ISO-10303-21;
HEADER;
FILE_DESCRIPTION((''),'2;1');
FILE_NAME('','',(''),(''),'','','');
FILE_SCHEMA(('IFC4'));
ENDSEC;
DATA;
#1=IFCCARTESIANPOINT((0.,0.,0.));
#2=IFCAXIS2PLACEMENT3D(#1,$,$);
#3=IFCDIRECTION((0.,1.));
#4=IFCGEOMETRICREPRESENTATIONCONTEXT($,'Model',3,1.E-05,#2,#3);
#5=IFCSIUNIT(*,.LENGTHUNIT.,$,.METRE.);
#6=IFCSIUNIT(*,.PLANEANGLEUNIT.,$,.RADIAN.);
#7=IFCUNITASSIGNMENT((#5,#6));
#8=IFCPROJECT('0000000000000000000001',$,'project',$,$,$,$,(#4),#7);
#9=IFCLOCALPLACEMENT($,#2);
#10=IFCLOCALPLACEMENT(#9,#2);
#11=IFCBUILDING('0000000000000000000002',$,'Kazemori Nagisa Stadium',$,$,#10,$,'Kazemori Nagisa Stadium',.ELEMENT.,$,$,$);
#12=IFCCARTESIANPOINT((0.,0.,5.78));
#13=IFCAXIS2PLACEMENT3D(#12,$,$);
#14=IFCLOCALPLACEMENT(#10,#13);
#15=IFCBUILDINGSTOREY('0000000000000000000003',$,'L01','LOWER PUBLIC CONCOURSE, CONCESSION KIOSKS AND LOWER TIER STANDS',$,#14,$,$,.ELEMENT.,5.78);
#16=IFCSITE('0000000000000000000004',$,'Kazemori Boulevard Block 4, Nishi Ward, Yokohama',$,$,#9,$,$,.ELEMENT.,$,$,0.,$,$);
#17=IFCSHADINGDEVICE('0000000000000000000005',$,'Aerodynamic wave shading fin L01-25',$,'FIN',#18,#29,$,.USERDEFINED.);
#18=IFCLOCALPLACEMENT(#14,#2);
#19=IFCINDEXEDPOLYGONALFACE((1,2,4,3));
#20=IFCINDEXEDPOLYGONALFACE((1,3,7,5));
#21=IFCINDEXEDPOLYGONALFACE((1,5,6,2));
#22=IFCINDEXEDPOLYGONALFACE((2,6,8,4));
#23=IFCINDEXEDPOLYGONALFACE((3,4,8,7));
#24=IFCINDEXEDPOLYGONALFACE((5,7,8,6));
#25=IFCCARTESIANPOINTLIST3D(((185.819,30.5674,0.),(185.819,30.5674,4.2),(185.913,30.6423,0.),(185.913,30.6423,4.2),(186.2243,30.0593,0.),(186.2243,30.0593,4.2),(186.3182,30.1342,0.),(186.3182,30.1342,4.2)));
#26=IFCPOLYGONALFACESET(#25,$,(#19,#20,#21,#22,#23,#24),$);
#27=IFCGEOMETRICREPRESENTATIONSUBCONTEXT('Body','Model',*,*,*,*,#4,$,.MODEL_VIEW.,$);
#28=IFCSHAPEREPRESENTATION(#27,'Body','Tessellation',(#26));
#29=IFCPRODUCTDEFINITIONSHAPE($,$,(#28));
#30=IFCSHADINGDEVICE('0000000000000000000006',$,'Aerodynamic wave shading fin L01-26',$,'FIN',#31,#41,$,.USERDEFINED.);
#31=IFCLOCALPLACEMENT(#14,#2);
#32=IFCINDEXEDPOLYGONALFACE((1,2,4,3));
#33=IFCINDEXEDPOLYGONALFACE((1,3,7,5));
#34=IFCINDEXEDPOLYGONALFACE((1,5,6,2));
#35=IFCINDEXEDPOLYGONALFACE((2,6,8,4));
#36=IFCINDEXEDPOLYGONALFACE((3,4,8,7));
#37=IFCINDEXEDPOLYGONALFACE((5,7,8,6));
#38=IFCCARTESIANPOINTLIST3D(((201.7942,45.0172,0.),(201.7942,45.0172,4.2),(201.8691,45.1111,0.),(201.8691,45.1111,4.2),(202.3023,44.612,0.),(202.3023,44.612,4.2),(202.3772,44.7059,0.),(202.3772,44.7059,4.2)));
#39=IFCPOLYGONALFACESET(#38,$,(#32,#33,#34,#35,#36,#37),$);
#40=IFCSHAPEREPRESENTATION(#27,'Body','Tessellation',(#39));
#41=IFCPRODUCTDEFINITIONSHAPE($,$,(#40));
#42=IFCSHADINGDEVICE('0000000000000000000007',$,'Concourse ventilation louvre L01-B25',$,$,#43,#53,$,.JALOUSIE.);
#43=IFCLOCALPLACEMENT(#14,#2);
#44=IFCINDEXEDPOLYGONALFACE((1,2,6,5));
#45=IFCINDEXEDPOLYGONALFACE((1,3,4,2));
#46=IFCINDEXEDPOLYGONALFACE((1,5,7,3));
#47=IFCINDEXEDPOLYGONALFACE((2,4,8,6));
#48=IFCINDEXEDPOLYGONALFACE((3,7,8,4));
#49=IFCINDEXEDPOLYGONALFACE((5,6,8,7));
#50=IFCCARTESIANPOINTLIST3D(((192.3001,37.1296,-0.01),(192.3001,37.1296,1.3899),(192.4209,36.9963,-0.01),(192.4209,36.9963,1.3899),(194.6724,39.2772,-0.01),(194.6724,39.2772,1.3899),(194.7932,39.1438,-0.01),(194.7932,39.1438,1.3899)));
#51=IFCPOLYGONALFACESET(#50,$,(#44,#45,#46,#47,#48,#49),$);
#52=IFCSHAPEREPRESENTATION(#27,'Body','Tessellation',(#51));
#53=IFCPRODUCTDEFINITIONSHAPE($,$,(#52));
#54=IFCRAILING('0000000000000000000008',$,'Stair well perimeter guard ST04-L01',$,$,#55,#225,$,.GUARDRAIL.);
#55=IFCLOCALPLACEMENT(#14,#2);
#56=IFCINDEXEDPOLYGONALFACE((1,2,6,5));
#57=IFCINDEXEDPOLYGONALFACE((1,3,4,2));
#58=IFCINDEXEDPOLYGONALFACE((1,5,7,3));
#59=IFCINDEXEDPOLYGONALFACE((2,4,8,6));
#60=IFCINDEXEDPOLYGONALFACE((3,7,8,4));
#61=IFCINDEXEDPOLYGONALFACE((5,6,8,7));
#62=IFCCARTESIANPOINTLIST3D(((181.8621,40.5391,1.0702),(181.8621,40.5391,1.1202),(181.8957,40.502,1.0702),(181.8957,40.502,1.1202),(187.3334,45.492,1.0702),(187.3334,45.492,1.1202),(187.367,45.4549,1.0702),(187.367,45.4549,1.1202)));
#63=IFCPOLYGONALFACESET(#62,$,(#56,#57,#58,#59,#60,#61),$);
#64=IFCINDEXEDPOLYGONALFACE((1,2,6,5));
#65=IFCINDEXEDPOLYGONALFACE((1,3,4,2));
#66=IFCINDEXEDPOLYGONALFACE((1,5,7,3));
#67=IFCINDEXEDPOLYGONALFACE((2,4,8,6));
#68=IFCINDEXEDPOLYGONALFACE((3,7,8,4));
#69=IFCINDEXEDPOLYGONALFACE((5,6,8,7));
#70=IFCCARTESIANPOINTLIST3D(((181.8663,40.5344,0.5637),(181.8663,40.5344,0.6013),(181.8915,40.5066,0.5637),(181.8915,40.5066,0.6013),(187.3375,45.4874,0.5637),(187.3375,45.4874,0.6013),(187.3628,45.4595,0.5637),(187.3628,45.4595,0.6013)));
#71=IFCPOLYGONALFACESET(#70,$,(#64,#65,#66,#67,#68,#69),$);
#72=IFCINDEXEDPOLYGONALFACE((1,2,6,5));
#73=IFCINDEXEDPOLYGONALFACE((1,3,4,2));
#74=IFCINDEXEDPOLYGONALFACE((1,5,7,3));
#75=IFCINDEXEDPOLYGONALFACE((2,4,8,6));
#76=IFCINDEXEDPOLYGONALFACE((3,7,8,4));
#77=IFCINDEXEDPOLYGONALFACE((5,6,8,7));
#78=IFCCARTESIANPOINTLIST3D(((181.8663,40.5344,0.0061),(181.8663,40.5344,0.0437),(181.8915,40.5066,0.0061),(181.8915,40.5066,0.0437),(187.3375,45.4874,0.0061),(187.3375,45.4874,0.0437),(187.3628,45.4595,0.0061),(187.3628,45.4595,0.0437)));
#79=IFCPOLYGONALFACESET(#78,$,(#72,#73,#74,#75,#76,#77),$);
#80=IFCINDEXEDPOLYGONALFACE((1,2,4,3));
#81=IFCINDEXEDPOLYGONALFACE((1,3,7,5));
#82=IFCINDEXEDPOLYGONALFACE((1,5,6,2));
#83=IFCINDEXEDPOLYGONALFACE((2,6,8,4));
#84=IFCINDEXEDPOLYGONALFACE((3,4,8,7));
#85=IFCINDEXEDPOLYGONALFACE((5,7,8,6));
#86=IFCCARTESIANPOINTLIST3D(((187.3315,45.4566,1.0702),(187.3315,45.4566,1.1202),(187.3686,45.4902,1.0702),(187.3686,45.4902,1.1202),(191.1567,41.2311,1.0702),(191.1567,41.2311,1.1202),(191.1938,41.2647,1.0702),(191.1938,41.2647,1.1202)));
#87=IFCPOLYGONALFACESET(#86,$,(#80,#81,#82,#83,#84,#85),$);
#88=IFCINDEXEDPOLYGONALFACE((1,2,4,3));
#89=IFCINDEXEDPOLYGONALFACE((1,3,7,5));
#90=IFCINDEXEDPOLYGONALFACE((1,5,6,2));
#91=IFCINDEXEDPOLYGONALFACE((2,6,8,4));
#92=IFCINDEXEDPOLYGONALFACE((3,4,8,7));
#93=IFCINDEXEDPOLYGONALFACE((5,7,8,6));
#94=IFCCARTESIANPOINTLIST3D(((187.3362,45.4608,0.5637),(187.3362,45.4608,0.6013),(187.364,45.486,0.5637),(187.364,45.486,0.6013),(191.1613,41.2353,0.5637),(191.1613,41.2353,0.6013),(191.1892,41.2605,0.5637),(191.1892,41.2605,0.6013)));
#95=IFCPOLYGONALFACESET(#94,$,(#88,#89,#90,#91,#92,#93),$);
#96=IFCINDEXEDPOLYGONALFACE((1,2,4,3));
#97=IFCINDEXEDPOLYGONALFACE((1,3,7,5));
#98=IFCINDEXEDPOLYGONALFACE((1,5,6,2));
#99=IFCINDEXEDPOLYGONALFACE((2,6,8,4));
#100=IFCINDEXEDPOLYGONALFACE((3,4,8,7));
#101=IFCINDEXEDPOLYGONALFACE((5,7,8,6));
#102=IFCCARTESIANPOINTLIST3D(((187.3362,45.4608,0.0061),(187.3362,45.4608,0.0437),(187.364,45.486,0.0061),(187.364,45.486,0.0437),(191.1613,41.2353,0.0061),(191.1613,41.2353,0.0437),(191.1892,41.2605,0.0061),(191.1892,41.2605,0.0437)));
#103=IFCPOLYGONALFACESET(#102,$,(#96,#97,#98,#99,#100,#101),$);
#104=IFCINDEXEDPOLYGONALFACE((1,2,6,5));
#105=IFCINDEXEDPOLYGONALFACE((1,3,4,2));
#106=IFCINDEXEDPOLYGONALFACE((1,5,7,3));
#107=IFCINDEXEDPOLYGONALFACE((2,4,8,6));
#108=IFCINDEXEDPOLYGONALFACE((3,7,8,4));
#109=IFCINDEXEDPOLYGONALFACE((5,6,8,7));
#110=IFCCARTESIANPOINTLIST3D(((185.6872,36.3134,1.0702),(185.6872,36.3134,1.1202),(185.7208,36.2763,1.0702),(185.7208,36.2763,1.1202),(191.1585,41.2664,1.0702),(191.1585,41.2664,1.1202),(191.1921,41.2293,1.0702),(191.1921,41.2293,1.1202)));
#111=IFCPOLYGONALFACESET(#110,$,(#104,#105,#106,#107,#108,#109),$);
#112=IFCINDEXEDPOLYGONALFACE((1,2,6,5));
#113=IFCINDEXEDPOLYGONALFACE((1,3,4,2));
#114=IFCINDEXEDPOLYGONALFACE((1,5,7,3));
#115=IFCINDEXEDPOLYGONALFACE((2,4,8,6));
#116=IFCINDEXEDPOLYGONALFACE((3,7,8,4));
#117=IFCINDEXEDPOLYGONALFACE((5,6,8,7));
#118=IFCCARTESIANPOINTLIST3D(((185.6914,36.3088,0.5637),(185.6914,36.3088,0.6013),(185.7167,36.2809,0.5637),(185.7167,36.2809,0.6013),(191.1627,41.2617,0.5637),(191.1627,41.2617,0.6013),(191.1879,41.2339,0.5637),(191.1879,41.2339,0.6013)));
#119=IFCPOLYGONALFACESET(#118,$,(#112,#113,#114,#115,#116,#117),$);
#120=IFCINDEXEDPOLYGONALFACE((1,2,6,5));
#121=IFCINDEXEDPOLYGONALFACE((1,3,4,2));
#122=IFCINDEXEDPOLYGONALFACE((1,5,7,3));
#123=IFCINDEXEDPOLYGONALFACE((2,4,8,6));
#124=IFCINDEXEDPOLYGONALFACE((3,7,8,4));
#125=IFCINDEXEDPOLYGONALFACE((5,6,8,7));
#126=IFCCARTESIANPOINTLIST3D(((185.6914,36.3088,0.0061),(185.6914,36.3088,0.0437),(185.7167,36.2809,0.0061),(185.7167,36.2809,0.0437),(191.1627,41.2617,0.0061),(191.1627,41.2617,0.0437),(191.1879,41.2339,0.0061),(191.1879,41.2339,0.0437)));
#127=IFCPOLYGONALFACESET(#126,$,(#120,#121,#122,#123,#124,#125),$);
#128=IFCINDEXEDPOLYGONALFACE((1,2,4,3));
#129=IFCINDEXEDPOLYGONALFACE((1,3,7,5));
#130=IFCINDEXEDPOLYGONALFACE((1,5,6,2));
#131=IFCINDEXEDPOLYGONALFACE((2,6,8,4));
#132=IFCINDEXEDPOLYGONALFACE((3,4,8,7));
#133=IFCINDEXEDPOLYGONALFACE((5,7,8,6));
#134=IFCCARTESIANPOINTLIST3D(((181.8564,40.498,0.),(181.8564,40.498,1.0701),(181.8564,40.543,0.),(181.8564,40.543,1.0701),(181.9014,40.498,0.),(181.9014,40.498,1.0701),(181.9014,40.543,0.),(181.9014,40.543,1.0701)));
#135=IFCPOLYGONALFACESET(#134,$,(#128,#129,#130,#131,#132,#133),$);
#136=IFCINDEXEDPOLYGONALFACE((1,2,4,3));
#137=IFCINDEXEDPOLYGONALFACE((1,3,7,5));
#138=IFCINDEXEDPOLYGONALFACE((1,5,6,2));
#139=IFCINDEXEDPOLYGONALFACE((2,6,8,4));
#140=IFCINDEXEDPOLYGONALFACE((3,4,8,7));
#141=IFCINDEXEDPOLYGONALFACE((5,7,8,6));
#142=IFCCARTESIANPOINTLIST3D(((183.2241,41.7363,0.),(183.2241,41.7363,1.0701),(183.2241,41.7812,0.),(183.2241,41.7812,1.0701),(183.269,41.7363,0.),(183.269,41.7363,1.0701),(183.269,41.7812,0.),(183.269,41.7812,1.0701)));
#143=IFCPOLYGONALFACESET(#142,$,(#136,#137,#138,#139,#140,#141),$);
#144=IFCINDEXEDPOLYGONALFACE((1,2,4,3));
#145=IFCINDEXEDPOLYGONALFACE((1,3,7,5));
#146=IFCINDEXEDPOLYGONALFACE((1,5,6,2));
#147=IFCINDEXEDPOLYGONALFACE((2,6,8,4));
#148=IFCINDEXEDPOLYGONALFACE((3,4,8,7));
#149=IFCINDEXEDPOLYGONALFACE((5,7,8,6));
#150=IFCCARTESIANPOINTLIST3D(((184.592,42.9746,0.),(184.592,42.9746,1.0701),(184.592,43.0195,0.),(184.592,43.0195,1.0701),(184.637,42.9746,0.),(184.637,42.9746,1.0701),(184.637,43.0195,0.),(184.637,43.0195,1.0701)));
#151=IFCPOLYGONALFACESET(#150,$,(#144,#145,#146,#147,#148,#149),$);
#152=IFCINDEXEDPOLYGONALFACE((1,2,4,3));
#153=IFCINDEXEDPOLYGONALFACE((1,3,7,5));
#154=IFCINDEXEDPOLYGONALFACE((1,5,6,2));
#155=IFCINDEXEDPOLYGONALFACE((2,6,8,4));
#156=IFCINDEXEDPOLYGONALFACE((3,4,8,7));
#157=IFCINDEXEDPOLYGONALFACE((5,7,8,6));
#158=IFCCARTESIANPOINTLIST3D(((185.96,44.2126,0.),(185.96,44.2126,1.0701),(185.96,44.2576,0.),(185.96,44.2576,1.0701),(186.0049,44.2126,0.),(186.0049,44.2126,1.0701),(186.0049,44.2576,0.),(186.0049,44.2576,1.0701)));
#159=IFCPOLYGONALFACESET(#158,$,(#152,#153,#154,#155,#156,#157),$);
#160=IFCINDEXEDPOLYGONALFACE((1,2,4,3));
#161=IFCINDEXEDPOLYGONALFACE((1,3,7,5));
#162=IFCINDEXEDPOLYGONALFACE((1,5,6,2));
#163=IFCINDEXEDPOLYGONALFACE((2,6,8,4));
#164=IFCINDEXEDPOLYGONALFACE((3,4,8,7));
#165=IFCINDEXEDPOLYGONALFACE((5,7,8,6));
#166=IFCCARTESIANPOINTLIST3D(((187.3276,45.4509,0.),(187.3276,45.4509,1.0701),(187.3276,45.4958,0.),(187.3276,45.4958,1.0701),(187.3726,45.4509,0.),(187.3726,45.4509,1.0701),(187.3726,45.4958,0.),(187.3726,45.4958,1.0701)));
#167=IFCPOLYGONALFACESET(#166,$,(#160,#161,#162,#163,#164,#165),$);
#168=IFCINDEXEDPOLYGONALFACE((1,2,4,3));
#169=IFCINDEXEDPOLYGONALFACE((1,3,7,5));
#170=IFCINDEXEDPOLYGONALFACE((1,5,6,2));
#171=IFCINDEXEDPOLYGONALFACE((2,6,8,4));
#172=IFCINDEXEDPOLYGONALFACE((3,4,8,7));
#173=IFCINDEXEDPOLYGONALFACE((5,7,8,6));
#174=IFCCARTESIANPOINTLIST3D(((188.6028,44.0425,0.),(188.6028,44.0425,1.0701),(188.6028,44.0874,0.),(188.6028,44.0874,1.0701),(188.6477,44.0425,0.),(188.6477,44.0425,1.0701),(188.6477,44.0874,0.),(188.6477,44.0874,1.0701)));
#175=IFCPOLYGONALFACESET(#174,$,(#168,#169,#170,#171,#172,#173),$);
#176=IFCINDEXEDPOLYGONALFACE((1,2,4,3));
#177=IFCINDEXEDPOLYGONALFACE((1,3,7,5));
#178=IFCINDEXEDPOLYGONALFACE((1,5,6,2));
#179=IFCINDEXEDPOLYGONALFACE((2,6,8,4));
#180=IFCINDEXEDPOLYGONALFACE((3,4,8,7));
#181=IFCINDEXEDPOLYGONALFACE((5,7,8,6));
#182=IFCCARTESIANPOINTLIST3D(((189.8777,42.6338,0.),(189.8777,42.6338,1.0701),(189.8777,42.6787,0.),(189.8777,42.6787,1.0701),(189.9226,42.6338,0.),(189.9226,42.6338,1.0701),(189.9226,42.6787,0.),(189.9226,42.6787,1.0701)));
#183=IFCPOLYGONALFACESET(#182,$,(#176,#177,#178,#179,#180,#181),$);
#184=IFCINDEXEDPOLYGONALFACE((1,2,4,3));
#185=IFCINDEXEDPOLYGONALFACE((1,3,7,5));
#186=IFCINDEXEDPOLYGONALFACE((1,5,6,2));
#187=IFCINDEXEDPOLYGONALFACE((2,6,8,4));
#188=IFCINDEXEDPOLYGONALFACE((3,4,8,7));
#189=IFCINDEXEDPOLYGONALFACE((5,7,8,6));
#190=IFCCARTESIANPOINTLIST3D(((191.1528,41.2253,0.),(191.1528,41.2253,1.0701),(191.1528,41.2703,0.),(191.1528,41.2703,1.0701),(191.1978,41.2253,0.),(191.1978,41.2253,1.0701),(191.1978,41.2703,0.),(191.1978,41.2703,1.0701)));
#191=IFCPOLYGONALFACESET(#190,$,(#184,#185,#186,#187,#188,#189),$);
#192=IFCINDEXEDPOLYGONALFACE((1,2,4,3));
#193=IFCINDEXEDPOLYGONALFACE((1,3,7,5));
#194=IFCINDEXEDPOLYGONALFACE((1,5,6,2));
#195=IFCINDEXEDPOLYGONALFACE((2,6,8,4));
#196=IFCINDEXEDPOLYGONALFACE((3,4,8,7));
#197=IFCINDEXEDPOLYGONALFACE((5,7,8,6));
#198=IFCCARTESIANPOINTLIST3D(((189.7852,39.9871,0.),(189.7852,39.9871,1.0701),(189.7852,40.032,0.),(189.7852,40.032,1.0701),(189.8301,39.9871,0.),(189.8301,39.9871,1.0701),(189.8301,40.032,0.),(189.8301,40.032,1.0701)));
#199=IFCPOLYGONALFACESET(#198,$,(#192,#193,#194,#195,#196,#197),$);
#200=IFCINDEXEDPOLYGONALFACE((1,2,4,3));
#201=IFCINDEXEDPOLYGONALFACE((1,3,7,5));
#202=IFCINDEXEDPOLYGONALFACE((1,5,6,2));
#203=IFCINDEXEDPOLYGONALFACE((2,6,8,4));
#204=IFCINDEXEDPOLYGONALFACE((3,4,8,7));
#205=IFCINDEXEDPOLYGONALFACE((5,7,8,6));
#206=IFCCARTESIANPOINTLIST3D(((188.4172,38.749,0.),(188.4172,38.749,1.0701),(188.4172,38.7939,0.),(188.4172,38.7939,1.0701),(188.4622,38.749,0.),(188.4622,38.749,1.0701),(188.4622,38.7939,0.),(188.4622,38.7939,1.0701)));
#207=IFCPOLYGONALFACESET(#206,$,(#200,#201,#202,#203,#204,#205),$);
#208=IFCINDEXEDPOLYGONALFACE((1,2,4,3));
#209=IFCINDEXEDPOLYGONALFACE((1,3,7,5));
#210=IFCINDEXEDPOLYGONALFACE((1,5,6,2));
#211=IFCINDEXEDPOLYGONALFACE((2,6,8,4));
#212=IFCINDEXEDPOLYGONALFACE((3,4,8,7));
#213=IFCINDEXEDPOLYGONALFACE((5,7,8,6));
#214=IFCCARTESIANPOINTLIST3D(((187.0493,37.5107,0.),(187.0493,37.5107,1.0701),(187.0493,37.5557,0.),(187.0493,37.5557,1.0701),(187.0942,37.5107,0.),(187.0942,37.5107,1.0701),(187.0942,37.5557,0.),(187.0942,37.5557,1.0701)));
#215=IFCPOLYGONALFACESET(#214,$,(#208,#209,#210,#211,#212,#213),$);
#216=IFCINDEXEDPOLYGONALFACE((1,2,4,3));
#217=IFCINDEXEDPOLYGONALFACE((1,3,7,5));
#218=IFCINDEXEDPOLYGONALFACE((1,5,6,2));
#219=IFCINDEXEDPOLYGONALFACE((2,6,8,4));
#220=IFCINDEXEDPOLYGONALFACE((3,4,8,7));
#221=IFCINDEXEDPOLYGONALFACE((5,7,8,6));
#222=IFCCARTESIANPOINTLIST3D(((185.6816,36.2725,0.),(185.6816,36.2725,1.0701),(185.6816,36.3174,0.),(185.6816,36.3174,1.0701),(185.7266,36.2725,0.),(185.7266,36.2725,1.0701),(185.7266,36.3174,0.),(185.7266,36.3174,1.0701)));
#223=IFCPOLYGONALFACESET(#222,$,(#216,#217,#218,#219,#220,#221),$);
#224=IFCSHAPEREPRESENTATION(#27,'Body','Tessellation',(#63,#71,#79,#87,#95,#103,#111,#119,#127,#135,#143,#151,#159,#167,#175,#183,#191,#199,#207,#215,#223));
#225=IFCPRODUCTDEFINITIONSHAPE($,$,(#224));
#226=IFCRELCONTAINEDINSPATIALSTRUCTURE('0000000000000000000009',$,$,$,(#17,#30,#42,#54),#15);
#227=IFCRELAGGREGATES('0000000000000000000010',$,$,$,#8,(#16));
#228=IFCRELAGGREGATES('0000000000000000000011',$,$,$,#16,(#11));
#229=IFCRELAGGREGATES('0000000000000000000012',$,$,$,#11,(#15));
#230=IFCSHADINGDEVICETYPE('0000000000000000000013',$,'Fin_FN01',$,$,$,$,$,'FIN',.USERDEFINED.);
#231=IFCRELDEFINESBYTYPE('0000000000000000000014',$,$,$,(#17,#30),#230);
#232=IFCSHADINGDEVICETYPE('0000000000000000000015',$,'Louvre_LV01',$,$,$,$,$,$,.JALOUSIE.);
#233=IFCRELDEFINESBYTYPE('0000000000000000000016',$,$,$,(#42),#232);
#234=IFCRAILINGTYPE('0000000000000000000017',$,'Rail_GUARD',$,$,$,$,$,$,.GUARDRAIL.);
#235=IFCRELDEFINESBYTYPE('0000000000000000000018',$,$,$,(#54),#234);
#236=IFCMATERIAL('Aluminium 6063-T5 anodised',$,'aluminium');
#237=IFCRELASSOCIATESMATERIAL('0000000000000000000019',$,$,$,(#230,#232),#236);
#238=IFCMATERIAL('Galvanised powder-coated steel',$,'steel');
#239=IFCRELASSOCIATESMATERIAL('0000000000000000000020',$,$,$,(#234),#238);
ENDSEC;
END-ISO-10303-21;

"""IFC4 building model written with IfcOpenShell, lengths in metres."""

from ifc_helpers import new_model, si_unit, direction, frame, origin, origin_2d, place, context, subcontext, project, spatial, rectangle, extrude, material, type_object, element, save


model = new_model("IFC4")

# Units and contexts
model_context = context("Model", 3, precision=1e-05, world=origin(), true_north=direction((0.0, 1.0)))
body_context = subcontext(model_context, "Body", "Model", "MODEL_VIEW")
ifc_project = project(units=[si_unit("LENGTHUNIT", "METRE"), si_unit("PLANEANGLEUNIT", "RADIAN")], contexts=[model_context])

# Site, building, storey
site_placement = place(None, origin())
site = spatial("IfcSite", under=ifc_project, at=site_placement, Name="Kazemori Boulevard Block 4, Nishi Ward, Yokohama", CompositionType="ELEMENT", RefElevation=0.0)
building_placement = place(site_placement, origin())
building = spatial("IfcBuilding", under=site, at=building_placement, Name="Kazemori Nagisa Stadium", LongName="Kazemori Nagisa Stadium", CompositionType="ELEMENT")
storey_placement = place(building_placement, frame((0.0, 0.0, 5.78)))
storey = spatial("IfcBuildingStorey", under=building, at=storey_placement, Name="L01", Description="LOWER PUBLIC CONCOURSE, CONCESSION KIOSKS AND LOWER TIER STANDS", CompositionType="ELEMENT", Elevation=5.78)

# Shared definitions
ifc_material_1 = material(Name="Aluminium 6063-T5 anodised", Category="aluminium")

# Shading devices
shading_device_type_1 = type_object("IfcShadingDeviceType", Name="Fin_FN01", ElementType="FIN", PredefinedType="USERDEFINED", material=ifc_material_1)
for number, where, z_axis, x_axis, name in (
    (1, (186.0686, 30.3508, 0.0), (0.0, 0.0, 1.0), (0.62349, -0.781831, 0.0), "Aerodynamic wave shading fin L01-25"),
    (2, (202.0857, 44.8616, 0.0), (0.0, 0.0, 1.0), (0.781831, -0.62349, 0.0), "Aerodynamic wave shading fin L01-26"),
):
    element("IfcShadingDevice", number, at=place(storey_placement, frame(where, z_axis=z_axis, x_axis=x_axis)), inside=storey, type_object=shading_device_type_1, Name=name, ObjectType="FIN", PredefinedType="USERDEFINED", context=body_context, shape_type="SweptSolid", body=[
        extrude(rectangle(XDim=0.6499, YDim=0.1201, at=origin_2d()), origin(), (0.0, 0.0, 1.0), 4.2),
    ])
shading_device_type_2 = type_object("IfcShadingDeviceType", Name="Louvre_LV01", PredefinedType="JALOUSIE", material=ifc_material_1)
shading_device_placement = place(storey_placement, frame((193.5466, 38.1367, -0.01), z_axis=(0.0, 0.0, 1.0), x_axis=(0.741351, 0.671118, 0.0)))
element("IfcShadingDevice", 3, at=shading_device_placement, inside=storey, type_object=shading_device_type_2, Name="Concourse ventilation louvre L01-B25", PredefinedType="JALOUSIE", context=body_context, shape_type="SweptSolid", body=[
    extrude(rectangle(XDim=3.2, YDim=0.1799, at=origin_2d()), origin(), (0.0, 0.0, 1.0), 1.3999),
])

# Railing
ifc_material_2 = material(Name="Galvanised powder-coated steel", Category="steel")
railing_type_1 = type_object("IfcRailingType", Name="Rail_GUARD", PredefinedType="GUARDRAIL", material=ifc_material_2)
railing_1_placement = place(storey_placement, frame((181.8789, 40.5205, 0.0)))
element("IfcRailing", 4, at=railing_1_placement, inside=storey, type_object=railing_type_1, Name="Stair well perimeter guard ST04-L01", PredefinedType="GUARDRAIL", context=body_context, shape_type="SweptSolid", body=[
    extrude(rectangle(XDim=0.05, YDim=0.05, at=origin_2d()), frame((0.0, 0.0, 1.0952), z_axis=(0.74135, 0.671119, 0.0), x_axis=(-0.671119, 0.74135, 0.0)), (0.0, 0.0, 1.0), 7.3801),
    extrude(rectangle(XDim=0.0376, YDim=0.0376, at=origin_2d()), frame((0.0, 0.0, 0.5825), z_axis=(0.74135, 0.671119, 0.0), x_axis=(-0.671119, 0.74135, 0.0)), (0.0, 0.0, 1.0), 7.3801),
    extrude(rectangle(XDim=0.0376, YDim=0.0376, at=origin_2d()), frame((0.0, 0.0, 0.0249), z_axis=(0.74135, 0.671119, 0.0), x_axis=(-0.671119, 0.74135, 0.0)), (0.0, 0.0, 1.0), 7.3801),
    extrude(rectangle(XDim=0.05, YDim=0.05, at=origin_2d()), frame((5.4712, 4.9529, 1.0952), z_axis=(0.671111, -0.741357, 0.0), x_axis=(0.741357, 0.671111, 0.0)), (0.0, 0.0, 1.0), 5.6997),
    extrude(rectangle(XDim=0.0376, YDim=0.0376, at=origin_2d()), frame((5.4712, 4.9529, 0.5825), z_axis=(0.671111, -0.741357, 0.0), x_axis=(0.741357, 0.671111, 0.0)), (0.0, 0.0, 1.0), 5.6997),
    extrude(rectangle(XDim=0.0376, YDim=0.0376, at=origin_2d()), frame((5.4712, 4.9529, 0.0249), z_axis=(0.671111, -0.741357, 0.0), x_axis=(0.741357, 0.671111, 0.0)), (0.0, 0.0, 1.0), 5.6997),
    extrude(rectangle(XDim=0.05, YDim=0.05, at=origin_2d()), frame((9.2964, 0.7273, 1.0952), z_axis=(-0.74135, -0.671119, 0.0), x_axis=(0.671119, -0.74135, 0.0)), (0.0, 0.0, 1.0), 7.3801),
    extrude(rectangle(XDim=0.0376, YDim=0.0376, at=origin_2d()), frame((9.2964, 0.7273, 0.5825), z_axis=(-0.74135, -0.671119, 0.0), x_axis=(0.671119, -0.74135, 0.0)), (0.0, 0.0, 1.0), 7.3801),
    extrude(rectangle(XDim=0.0376, YDim=0.0376, at=origin_2d()), frame((9.2964, 0.7273, 0.0249), z_axis=(-0.74135, -0.671119, 0.0), x_axis=(0.671119, -0.74135, 0.0)), (0.0, 0.0, 1.0), 7.3801),
    extrude(rectangle(XDim=0.0449, YDim=0.0449, at=origin_2d()), origin(), (0.0, 0.0, 1.0), 1.0701),
    extrude(rectangle(XDim=0.0449, YDim=0.0449, at=origin_2d()), frame((1.3677, 1.2383, 0.0)), (0.0, 0.0, 1.0), 1.0701),
    extrude(rectangle(XDim=0.0449, YDim=0.0449, at=origin_2d()), frame((2.7356, 2.4766, 0.0)), (0.0, 0.0, 1.0), 1.0701),
    extrude(rectangle(XDim=0.0449, YDim=0.0449, at=origin_2d()), frame((4.1035, 3.7146, 0.0)), (0.0, 0.0, 1.0), 1.0701),
    extrude(rectangle(XDim=0.0449, YDim=0.0449, at=origin_2d()), frame((5.4712, 4.9529, 0.0)), (0.0, 0.0, 1.0), 1.0701),
    extrude(rectangle(XDim=0.0449, YDim=0.0449, at=origin_2d()), frame((6.7463, 3.5444, 0.0)), (0.0, 0.0, 1.0), 1.0701),
    extrude(rectangle(XDim=0.0449, YDim=0.0449, at=origin_2d()), frame((8.0212, 2.1357, 0.0)), (0.0, 0.0, 1.0), 1.0701),
    extrude(rectangle(XDim=0.0449, YDim=0.0449, at=origin_2d()), frame((9.2964, 0.7273, 0.0)), (0.0, 0.0, 1.0), 1.0701),
    extrude(rectangle(XDim=0.0449, YDim=0.0449, at=origin_2d()), frame((7.9287, -0.511, 0.0)), (0.0, 0.0, 1.0), 1.0701),
    extrude(rectangle(XDim=0.0449, YDim=0.0449, at=origin_2d()), frame((6.5608, -1.749, 0.0)), (0.0, 0.0, 1.0), 1.0701),
    extrude(rectangle(XDim=0.0449, YDim=0.0449, at=origin_2d()), frame((5.1929, -2.9873, 0.0)), (0.0, 0.0, 1.0), 1.0701),
    extrude(rectangle(XDim=0.0449, YDim=0.0449, at=origin_2d()), frame((3.8252, -4.2256, 0.0)), (0.0, 0.0, 1.0), 1.0701),
])

save(model, "model.ifc")
